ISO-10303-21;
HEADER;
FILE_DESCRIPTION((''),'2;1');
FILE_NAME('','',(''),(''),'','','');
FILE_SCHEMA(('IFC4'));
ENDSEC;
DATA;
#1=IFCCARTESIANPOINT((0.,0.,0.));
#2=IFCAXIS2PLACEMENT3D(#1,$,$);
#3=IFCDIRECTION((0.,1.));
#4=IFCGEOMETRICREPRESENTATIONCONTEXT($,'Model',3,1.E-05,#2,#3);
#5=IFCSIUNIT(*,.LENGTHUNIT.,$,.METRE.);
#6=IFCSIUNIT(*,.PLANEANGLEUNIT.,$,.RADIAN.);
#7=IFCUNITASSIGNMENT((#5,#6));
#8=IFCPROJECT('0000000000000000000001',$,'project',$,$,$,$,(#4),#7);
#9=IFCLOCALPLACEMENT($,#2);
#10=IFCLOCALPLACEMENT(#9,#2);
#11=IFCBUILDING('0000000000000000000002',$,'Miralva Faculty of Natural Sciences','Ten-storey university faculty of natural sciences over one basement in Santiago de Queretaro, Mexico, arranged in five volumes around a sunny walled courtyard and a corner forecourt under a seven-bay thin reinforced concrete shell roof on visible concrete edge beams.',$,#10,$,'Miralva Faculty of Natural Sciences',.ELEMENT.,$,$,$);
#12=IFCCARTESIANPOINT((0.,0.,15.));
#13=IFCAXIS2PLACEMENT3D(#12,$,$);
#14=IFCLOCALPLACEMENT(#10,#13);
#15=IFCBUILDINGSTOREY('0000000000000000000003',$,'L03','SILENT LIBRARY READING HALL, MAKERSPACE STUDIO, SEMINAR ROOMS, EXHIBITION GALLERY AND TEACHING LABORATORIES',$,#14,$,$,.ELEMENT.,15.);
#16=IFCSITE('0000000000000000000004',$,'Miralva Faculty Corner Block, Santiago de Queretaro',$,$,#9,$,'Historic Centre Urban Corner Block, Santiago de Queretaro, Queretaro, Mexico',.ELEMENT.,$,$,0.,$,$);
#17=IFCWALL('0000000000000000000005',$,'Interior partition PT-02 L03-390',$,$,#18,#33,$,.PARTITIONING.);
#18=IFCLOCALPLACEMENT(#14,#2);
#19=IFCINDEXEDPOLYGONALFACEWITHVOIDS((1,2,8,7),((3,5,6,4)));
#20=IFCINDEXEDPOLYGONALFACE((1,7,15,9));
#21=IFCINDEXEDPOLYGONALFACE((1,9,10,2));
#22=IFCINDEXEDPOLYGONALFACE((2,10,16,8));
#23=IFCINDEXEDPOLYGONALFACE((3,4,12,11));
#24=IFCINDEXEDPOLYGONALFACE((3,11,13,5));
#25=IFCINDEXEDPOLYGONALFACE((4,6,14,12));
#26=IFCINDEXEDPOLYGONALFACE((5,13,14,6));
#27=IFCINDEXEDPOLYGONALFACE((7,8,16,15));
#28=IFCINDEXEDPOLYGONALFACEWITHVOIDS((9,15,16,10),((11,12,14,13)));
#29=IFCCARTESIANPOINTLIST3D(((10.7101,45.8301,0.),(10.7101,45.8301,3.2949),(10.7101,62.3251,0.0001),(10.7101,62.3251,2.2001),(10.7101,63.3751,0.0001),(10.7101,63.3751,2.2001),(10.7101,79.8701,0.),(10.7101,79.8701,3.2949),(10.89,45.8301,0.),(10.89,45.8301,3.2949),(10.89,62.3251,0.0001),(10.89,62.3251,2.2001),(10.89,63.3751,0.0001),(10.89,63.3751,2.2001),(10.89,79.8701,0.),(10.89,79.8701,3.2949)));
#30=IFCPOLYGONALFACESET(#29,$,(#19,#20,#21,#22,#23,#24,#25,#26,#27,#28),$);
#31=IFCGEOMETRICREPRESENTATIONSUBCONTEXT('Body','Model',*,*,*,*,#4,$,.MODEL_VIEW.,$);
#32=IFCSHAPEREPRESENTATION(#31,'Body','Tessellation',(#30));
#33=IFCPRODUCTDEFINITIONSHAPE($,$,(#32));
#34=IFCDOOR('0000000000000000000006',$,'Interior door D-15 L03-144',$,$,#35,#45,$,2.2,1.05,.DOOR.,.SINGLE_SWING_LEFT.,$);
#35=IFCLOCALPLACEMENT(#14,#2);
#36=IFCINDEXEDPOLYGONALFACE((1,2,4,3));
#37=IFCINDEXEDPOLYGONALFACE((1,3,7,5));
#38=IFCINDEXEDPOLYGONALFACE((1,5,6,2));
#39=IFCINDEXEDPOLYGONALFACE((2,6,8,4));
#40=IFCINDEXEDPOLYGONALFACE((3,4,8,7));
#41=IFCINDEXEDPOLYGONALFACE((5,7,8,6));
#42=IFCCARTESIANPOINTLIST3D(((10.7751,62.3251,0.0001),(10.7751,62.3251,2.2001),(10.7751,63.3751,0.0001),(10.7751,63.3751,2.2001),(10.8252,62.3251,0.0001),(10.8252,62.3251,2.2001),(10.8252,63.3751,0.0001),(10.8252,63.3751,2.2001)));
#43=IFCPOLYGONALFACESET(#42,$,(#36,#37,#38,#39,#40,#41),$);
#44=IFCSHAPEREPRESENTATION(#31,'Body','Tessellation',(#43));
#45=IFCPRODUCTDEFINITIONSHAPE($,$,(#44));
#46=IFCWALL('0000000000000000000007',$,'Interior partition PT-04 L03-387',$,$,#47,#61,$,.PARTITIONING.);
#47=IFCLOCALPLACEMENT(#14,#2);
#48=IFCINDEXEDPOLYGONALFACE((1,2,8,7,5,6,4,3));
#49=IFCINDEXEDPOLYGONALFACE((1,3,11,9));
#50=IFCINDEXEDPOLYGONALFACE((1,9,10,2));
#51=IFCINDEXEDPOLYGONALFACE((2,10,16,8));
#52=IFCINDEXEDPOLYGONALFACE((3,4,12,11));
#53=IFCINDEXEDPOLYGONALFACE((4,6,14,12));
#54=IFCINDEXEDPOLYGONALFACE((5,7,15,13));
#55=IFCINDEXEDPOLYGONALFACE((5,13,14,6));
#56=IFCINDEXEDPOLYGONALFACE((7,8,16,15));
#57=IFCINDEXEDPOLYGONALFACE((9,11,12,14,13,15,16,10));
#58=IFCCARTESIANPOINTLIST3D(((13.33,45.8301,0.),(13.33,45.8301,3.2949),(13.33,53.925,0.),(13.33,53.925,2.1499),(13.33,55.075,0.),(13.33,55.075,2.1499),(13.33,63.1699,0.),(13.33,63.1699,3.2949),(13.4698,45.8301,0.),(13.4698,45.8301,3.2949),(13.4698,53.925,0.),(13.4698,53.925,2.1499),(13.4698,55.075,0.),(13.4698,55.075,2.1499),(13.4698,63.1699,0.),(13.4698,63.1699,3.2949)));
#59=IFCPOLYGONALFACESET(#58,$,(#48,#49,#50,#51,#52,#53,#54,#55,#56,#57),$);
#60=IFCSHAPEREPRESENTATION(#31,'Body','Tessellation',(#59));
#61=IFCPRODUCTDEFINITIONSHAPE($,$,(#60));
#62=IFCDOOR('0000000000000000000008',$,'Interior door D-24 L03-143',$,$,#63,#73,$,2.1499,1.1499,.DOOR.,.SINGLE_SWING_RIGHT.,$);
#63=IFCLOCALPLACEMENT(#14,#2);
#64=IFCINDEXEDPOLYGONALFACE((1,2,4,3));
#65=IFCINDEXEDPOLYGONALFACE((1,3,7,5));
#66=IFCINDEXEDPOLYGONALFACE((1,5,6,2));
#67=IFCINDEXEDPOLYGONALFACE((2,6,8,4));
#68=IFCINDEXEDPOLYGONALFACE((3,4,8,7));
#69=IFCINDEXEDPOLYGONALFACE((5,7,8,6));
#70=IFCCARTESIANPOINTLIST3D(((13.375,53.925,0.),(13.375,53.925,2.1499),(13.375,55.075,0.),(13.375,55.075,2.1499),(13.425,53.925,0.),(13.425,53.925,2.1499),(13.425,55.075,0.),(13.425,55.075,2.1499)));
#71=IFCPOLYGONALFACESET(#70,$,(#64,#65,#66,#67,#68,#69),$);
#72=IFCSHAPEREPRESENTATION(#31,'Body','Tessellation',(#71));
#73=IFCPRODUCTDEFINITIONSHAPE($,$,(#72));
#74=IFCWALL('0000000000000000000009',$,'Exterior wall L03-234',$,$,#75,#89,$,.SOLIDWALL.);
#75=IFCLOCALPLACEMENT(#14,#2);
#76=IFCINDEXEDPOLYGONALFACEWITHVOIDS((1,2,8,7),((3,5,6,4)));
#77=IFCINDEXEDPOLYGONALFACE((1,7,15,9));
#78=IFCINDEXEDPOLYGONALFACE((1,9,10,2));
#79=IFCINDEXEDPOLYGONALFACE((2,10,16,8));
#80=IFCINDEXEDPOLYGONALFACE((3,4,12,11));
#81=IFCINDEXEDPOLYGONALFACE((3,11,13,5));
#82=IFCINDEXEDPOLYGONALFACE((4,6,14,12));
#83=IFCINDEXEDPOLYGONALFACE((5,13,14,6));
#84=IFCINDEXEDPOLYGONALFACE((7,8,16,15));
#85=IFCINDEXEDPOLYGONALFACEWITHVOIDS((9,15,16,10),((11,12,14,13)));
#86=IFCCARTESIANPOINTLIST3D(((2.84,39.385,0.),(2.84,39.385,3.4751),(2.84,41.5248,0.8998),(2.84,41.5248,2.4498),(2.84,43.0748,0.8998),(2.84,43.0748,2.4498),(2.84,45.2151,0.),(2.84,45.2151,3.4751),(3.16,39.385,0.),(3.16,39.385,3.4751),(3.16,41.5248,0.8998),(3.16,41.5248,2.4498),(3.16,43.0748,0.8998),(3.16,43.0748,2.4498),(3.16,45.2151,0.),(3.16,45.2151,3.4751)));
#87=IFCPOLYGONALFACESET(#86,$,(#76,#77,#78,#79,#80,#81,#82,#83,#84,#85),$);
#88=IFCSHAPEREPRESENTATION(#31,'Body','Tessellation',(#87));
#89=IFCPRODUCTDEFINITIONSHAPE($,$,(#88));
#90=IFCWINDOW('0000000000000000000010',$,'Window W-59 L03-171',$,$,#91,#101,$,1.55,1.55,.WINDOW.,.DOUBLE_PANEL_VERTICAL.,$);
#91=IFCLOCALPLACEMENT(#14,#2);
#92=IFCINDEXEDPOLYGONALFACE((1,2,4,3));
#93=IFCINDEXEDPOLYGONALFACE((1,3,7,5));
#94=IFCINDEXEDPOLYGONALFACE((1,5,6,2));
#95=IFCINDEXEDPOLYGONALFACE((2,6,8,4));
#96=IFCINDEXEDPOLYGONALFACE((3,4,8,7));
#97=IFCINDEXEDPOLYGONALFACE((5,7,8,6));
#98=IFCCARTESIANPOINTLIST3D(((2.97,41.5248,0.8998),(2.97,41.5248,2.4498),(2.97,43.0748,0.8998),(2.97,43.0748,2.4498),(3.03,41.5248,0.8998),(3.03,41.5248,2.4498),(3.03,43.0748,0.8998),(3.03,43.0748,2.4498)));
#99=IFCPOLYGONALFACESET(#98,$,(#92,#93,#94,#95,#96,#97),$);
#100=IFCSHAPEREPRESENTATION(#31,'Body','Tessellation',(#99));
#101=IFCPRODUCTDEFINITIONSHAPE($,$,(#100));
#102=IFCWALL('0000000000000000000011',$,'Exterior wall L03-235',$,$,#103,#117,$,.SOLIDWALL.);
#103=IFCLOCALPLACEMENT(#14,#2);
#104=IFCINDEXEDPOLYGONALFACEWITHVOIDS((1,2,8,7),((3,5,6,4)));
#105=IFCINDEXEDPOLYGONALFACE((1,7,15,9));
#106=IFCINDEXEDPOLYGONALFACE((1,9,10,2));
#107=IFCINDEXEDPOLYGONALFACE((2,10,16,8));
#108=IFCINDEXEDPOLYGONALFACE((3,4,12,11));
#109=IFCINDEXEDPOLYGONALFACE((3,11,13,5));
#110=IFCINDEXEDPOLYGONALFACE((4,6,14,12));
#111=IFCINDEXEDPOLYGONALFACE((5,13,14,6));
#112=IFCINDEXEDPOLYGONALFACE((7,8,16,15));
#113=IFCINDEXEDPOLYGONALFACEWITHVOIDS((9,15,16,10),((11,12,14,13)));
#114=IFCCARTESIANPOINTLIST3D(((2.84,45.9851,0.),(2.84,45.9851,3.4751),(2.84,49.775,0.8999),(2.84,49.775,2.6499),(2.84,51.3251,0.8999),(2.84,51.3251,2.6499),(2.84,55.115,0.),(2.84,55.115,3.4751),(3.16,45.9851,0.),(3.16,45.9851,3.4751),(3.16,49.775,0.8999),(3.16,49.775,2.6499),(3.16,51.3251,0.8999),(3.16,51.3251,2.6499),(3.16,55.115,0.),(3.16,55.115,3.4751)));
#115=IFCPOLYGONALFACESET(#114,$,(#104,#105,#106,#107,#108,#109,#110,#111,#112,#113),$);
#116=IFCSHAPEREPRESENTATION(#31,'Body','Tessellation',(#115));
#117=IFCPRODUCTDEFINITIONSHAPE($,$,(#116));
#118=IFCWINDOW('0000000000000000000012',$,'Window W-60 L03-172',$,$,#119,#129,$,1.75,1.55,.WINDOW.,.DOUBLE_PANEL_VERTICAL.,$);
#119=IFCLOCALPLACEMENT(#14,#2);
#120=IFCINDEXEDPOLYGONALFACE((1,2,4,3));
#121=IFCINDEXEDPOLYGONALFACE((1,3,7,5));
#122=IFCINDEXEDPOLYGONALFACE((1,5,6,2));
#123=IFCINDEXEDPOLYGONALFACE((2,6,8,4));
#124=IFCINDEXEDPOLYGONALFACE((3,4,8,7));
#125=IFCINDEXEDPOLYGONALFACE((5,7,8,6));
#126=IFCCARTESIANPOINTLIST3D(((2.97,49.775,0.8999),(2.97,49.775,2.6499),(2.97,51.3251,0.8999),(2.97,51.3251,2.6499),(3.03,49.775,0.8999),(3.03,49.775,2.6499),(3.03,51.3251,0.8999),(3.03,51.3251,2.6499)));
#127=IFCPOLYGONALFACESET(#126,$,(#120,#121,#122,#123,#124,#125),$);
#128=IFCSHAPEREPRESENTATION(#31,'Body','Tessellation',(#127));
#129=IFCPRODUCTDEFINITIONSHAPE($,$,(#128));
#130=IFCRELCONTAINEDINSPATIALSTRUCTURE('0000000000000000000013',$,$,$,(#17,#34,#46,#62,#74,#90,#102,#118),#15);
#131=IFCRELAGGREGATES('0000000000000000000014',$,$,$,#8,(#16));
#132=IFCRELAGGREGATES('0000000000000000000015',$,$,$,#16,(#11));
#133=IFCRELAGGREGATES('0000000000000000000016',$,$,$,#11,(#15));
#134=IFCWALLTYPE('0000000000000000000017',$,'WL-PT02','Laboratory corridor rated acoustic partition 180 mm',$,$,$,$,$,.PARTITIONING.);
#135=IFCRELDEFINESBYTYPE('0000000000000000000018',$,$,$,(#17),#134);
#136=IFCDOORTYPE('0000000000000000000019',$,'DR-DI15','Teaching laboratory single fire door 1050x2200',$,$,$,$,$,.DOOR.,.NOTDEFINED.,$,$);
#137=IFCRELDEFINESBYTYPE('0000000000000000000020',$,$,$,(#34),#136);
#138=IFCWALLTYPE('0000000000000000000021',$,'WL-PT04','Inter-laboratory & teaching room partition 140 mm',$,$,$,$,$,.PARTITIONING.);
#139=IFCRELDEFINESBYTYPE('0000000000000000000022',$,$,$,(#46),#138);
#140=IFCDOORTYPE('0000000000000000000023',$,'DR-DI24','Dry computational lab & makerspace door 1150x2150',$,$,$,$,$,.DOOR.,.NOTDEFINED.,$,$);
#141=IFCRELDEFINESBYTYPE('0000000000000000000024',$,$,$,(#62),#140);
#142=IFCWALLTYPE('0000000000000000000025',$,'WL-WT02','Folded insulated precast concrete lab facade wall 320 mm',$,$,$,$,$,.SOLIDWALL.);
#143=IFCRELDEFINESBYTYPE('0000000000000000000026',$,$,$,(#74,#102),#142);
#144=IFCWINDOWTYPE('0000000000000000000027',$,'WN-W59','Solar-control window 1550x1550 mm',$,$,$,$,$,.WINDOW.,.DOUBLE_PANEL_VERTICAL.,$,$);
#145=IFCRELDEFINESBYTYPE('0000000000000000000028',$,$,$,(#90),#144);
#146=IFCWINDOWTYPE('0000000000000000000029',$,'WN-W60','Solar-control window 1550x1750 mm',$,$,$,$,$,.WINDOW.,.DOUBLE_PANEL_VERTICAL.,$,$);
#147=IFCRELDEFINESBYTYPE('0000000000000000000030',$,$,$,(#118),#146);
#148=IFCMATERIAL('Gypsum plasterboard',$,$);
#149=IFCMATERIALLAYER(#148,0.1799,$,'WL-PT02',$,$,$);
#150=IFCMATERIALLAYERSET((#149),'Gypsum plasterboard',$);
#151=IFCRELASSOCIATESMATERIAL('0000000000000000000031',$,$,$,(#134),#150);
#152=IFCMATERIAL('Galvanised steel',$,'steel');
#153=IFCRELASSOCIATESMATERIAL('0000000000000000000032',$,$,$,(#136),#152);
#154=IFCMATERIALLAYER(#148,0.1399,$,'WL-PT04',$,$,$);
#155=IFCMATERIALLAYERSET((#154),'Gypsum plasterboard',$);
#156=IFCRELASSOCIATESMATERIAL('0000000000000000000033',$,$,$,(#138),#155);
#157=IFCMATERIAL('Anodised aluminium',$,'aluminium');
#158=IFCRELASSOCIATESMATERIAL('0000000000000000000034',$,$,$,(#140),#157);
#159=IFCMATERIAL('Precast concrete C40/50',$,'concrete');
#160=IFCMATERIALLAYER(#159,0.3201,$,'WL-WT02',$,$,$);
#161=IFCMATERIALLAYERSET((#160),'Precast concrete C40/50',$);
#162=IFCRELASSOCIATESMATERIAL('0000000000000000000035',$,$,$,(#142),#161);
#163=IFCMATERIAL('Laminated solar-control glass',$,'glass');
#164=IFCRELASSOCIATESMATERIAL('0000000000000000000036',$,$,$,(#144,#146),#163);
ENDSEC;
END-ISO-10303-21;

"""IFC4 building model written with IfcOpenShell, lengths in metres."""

from ifc_helpers import new_model, si_unit, direction, frame, frame_2d, origin, place, context, subcontext, project, spatial, rectangle, extrude, material, layer, layer_set, type_object, element, fill, save


model = new_model("IFC4")

# Units and contexts
model_context = context("Model", 3, precision=1e-05, world=origin(), true_north=direction((0.0, 1.0)))
body_context = subcontext(model_context, "Body", "Model", "MODEL_VIEW")
ifc_project = project(units=[si_unit("LENGTHUNIT", "METRE"), si_unit("PLANEANGLEUNIT", "RADIAN")], contexts=[model_context])

# Site, building, storey
site_placement = place(None, origin())
site = spatial("IfcSite", under=ifc_project, at=site_placement, Name="Miralva Faculty Corner Block, Santiago de Queretaro", LongName="Historic Centre Urban Corner Block, Santiago de Queretaro, Queretaro, Mexico", CompositionType="ELEMENT", RefElevation=0.0)
building_placement = place(site_placement, origin())
building = spatial("IfcBuilding", under=site, at=building_placement, Name="Miralva Faculty of Natural Sciences", Description="Ten-storey university faculty of natural sciences over one basement in Santiago de Queretaro, Mexico, arranged in five volumes around a sunny walled courtyard and a corner forecourt under a seven-bay thin reinforced concrete shell roof on visible concrete edge beams.", LongName="Miralva Faculty of Natural Sciences", CompositionType="ELEMENT")
storey_placement = place(building_placement, frame((0.0, 0.0, 15.0)))
storey = spatial("IfcBuildingStorey", under=building, at=storey_placement, Name="L03", Description="SILENT LIBRARY READING HALL, MAKERSPACE STUDIO, SEMINAR ROOMS, EXHIBITION GALLERY AND TEACHING LABORATORIES", CompositionType="ELEMENT", Elevation=15.0)

# Shared definitions
ifc_material_1 = material(Name="Gypsum plasterboard")
ifc_layer_1 = layer(ifc_material_1, 0.1799, Name="WL-PT02")
ifc_layer_set_1 = layer_set([ifc_layer_1], Name="Gypsum plasterboard")
wall_type_1 = type_object("IfcWallType", Name="WL-PT02", Description="Laboratory corridor rated acoustic partition 180 mm", PredefinedType="PARTITIONING", material=ifc_layer_set_1)

# Walls, openings, doors
wall_1_placement = place(storey_placement, frame((10.8, 45.8301, 0.0), z_axis=(0.0, 0.0, 1.0), x_axis=(0.0, 1.0, 0.0)))
wall_1 = element("IfcWall", 1, at=wall_1_placement, inside=storey, type_object=wall_type_1, Name="Interior partition PT-02 L03-390", PredefinedType="PARTITIONING", context=body_context, shape_type="SweptSolid", body=[
    extrude(rectangle(XDim=34.04, YDim=0.1799, at=frame_2d((17.02, 0.0))), origin(), (0.0, 0.0, 1.0), 3.2949),
])
opening_1_placement = place(wall_1_placement, frame((16.4951, 0.0, 0.0)))
opening_1 = element("IfcOpeningElement", 2, at=opening_1_placement, cuts=wall_1, PredefinedType="OPENING", context=body_context, shape_type="SweptSolid", body=[
    extrude(rectangle(XDim=1.05, YDim=2.2, at=frame_2d((0.5249, 1.1001))), frame((0.0, 0.0999, 0.0), z_axis=(0.0, -1.0, 0.0), x_axis=(1.0, 0.0, 0.0)), (0.0, 0.0, 1.0), 0.2),
])
ifc_material_2 = material(Name="Galvanised steel", Category="steel")
door_type_1 = type_object("IfcDoorType", Name="DR-DI15", Description="Teaching laboratory single fire door 1050x2200", OperationType="NOTDEFINED", PredefinedType="DOOR", material=ifc_material_2)
door_1_placement = place(opening_1_placement, origin())
door_1 = element("IfcDoor", 3, at=door_1_placement, inside=storey, type_object=door_type_1, Name="Interior door D-15 L03-144", OperationType="SINGLE_SWING_LEFT", OverallHeight=2.2, OverallWidth=1.05, PredefinedType="DOOR", context=body_context, shape_type="SweptSolid", body=[
    extrude(rectangle(XDim=1.05, YDim=2.2, at=frame_2d((0.5249, 1.1001))), frame((0.0, 0.0249, 0.0), z_axis=(0.0, -1.0, 0.0), x_axis=(1.0, 0.0, 0.0)), (0.0, 0.0, 1.0), 0.05),
])
fill(opening_1, door_1)
ifc_layer_2 = layer(ifc_material_1, 0.1399, Name="WL-PT04")
ifc_layer_set_2 = layer_set([ifc_layer_2], Name="Gypsum plasterboard")
wall_type_2 = type_object("IfcWallType", Name="WL-PT04", Description="Inter-laboratory & teaching room partition 140 mm", PredefinedType="PARTITIONING", material=ifc_layer_set_2)
wall_2_placement = place(storey_placement, frame((13.3999, 45.8301, 0.0), z_axis=(0.0, 0.0, 1.0), x_axis=(0.0, 1.0, 0.0)))
wall_2 = element("IfcWall", 4, at=wall_2_placement, inside=storey, type_object=wall_type_2, Name="Interior partition PT-04 L03-387", PredefinedType="PARTITIONING", context=body_context, shape_type="SweptSolid", body=[
    extrude(rectangle(XDim=17.3398, YDim=0.1399, at=frame_2d((8.6699, 0.0))), origin(), (0.0, 0.0, 1.0), 3.2949),
])
opening_2_placement = place(wall_2_placement, frame((8.095, 0.0, 0.0)))
opening_2 = element("IfcOpeningElement", 5, at=opening_2_placement, cuts=wall_2, PredefinedType="OPENING", context=body_context, shape_type="SweptSolid", body=[
    extrude(rectangle(XDim=1.1499, YDim=2.1499, at=frame_2d((0.575, 1.075))), frame((0.0, 0.0798, 0.0), z_axis=(0.0, -1.0, 0.0), x_axis=(1.0, 0.0, 0.0)), (0.0, 0.0, 1.0), 0.1599),
])
ifc_material_3 = material(Name="Anodised aluminium", Category="aluminium")
door_type_2 = type_object("IfcDoorType", Name="DR-DI24", Description="Dry computational lab & makerspace door 1150x2150", OperationType="NOTDEFINED", PredefinedType="DOOR", material=ifc_material_3)
door_2_placement = place(opening_2_placement, origin())
door_2 = element("IfcDoor", 6, at=door_2_placement, inside=storey, type_object=door_type_2, Name="Interior door D-24 L03-143", OperationType="SINGLE_SWING_RIGHT", OverallHeight=2.1499, OverallWidth=1.1499, PredefinedType="DOOR", context=body_context, shape_type="SweptSolid", body=[
    extrude(rectangle(XDim=1.1499, YDim=2.1499, at=frame_2d((0.575, 1.075))), frame((0.0, 0.0249, 0.0), z_axis=(0.0, -1.0, 0.0), x_axis=(1.0, 0.0, 0.0)), (0.0, 0.0, 1.0), 0.05),
])
fill(opening_2, door_2)

# Walls, openings, windows
ifc_material_4 = material(Name="Precast concrete C40/50", Category="concrete")
ifc_layer_3 = layer(ifc_material_4, 0.3201, Name="WL-WT02")
ifc_layer_set_3 = layer_set([ifc_layer_3], Name="Precast concrete C40/50")
wall_type_3 = type_object("IfcWallType", Name="WL-WT02", Description="Folded insulated precast concrete lab facade wall 320 mm", PredefinedType="SOLIDWALL", material=ifc_layer_set_3)
wall_3_placement = place(storey_placement, frame((3.0, 39.385, 0.0), z_axis=(0.0, 0.0, 1.0), x_axis=(0.0, 1.0, 0.0)))
wall_3 = element("IfcWall", 7, at=wall_3_placement, inside=storey, type_object=wall_type_3, Name="Exterior wall L03-234", PredefinedType="SOLIDWALL", context=body_context, shape_type="SweptSolid", body=[
    extrude(rectangle(XDim=5.8301, YDim=0.3201, at=frame_2d((2.915, 0.0))), origin(), (0.0, 0.0, 1.0), 3.4751),
])
opening_3_placement = place(wall_3_placement, frame((2.1399, 0.0, 0.8999)))
opening_3 = element("IfcOpeningElement", 8, at=opening_3_placement, cuts=wall_3, PredefinedType="OPENING", context=body_context, shape_type="SweptSolid", body=[
    extrude(rectangle(XDim=1.55, YDim=1.55, at=frame_2d((0.7749, 0.7749))), frame((0.0, 0.1699, 0.0), z_axis=(0.0, -1.0, 0.0), x_axis=(1.0, 0.0, 0.0)), (0.0, 0.0, 1.0), 0.3401),
])
ifc_material_5 = material(Name="Laminated solar-control glass", Category="glass")
window_type_1 = type_object("IfcWindowType", Name="WN-W59", Description="Solar-control window 1550x1550 mm", PartitioningType="DOUBLE_PANEL_VERTICAL", PredefinedType="WINDOW", material=ifc_material_5)
window_1_placement = place(opening_3_placement, origin())
window_1 = element("IfcWindow", 9, at=window_1_placement, inside=storey, type_object=window_type_1, Name="Window W-59 L03-171", OverallHeight=1.55, OverallWidth=1.55, PartitioningType="DOUBLE_PANEL_VERTICAL", PredefinedType="WINDOW", context=body_context, shape_type="SweptSolid", body=[
    extrude(rectangle(XDim=1.55, YDim=1.55, at=frame_2d((0.7749, 0.7749))), frame((0.0, 0.03, 0.0), z_axis=(0.0, -1.0, 0.0), x_axis=(1.0, 0.0, 0.0)), (0.0, 0.0, 1.0), 0.0601),
])
fill(opening_3, window_1)
wall_4_placement = place(storey_placement, frame((3.0, 45.9851, 0.0), z_axis=(0.0, 0.0, 1.0), x_axis=(0.0, 1.0, 0.0)))
wall_4 = element("IfcWall", 10, at=wall_4_placement, inside=storey, type_object=wall_type_3, Name="Exterior wall L03-235", PredefinedType="SOLIDWALL", context=body_context, shape_type="SweptSolid", body=[
    extrude(rectangle(XDim=9.1299, YDim=0.3201, at=frame_2d((4.5649, 0.0))), origin(), (0.0, 0.0, 1.0), 3.4751),
])
opening_4_placement = place(wall_4_placement, frame((3.79, 0.0, 0.8999)))
opening_4 = element("IfcOpeningElement", 11, at=opening_4_placement, cuts=wall_4, PredefinedType="OPENING", context=body_context, shape_type="SweptSolid", body=[
    extrude(rectangle(XDim=1.55, YDim=1.75, at=frame_2d((0.7749, 0.875))), frame((0.0, 0.1699, 0.0), z_axis=(0.0, -1.0, 0.0), x_axis=(1.0, 0.0, 0.0)), (0.0, 0.0, 1.0), 0.3401),
])
window_type_2 = type_object("IfcWindowType", Name="WN-W60", Description="Solar-control window 1550x1750 mm", PartitioningType="DOUBLE_PANEL_VERTICAL", PredefinedType="WINDOW", material=ifc_material_5)
window_2_placement = place(opening_4_placement, origin())
window_2 = element("IfcWindow", 12, at=window_2_placement, inside=storey, type_object=window_type_2, Name="Window W-60 L03-172", OverallHeight=1.75, OverallWidth=1.55, PartitioningType="DOUBLE_PANEL_VERTICAL", PredefinedType="WINDOW", context=body_context, shape_type="SweptSolid", body=[
    extrude(rectangle(XDim=1.55, YDim=1.75, at=frame_2d((0.7749, 0.875))), frame((0.0, 0.03, 0.0), z_axis=(0.0, -1.0, 0.0), x_axis=(1.0, 0.0, 0.0)), (0.0, 0.0, 1.0), 0.0601),
])
fill(opening_4, window_2)

save(model, "model.ifc")
